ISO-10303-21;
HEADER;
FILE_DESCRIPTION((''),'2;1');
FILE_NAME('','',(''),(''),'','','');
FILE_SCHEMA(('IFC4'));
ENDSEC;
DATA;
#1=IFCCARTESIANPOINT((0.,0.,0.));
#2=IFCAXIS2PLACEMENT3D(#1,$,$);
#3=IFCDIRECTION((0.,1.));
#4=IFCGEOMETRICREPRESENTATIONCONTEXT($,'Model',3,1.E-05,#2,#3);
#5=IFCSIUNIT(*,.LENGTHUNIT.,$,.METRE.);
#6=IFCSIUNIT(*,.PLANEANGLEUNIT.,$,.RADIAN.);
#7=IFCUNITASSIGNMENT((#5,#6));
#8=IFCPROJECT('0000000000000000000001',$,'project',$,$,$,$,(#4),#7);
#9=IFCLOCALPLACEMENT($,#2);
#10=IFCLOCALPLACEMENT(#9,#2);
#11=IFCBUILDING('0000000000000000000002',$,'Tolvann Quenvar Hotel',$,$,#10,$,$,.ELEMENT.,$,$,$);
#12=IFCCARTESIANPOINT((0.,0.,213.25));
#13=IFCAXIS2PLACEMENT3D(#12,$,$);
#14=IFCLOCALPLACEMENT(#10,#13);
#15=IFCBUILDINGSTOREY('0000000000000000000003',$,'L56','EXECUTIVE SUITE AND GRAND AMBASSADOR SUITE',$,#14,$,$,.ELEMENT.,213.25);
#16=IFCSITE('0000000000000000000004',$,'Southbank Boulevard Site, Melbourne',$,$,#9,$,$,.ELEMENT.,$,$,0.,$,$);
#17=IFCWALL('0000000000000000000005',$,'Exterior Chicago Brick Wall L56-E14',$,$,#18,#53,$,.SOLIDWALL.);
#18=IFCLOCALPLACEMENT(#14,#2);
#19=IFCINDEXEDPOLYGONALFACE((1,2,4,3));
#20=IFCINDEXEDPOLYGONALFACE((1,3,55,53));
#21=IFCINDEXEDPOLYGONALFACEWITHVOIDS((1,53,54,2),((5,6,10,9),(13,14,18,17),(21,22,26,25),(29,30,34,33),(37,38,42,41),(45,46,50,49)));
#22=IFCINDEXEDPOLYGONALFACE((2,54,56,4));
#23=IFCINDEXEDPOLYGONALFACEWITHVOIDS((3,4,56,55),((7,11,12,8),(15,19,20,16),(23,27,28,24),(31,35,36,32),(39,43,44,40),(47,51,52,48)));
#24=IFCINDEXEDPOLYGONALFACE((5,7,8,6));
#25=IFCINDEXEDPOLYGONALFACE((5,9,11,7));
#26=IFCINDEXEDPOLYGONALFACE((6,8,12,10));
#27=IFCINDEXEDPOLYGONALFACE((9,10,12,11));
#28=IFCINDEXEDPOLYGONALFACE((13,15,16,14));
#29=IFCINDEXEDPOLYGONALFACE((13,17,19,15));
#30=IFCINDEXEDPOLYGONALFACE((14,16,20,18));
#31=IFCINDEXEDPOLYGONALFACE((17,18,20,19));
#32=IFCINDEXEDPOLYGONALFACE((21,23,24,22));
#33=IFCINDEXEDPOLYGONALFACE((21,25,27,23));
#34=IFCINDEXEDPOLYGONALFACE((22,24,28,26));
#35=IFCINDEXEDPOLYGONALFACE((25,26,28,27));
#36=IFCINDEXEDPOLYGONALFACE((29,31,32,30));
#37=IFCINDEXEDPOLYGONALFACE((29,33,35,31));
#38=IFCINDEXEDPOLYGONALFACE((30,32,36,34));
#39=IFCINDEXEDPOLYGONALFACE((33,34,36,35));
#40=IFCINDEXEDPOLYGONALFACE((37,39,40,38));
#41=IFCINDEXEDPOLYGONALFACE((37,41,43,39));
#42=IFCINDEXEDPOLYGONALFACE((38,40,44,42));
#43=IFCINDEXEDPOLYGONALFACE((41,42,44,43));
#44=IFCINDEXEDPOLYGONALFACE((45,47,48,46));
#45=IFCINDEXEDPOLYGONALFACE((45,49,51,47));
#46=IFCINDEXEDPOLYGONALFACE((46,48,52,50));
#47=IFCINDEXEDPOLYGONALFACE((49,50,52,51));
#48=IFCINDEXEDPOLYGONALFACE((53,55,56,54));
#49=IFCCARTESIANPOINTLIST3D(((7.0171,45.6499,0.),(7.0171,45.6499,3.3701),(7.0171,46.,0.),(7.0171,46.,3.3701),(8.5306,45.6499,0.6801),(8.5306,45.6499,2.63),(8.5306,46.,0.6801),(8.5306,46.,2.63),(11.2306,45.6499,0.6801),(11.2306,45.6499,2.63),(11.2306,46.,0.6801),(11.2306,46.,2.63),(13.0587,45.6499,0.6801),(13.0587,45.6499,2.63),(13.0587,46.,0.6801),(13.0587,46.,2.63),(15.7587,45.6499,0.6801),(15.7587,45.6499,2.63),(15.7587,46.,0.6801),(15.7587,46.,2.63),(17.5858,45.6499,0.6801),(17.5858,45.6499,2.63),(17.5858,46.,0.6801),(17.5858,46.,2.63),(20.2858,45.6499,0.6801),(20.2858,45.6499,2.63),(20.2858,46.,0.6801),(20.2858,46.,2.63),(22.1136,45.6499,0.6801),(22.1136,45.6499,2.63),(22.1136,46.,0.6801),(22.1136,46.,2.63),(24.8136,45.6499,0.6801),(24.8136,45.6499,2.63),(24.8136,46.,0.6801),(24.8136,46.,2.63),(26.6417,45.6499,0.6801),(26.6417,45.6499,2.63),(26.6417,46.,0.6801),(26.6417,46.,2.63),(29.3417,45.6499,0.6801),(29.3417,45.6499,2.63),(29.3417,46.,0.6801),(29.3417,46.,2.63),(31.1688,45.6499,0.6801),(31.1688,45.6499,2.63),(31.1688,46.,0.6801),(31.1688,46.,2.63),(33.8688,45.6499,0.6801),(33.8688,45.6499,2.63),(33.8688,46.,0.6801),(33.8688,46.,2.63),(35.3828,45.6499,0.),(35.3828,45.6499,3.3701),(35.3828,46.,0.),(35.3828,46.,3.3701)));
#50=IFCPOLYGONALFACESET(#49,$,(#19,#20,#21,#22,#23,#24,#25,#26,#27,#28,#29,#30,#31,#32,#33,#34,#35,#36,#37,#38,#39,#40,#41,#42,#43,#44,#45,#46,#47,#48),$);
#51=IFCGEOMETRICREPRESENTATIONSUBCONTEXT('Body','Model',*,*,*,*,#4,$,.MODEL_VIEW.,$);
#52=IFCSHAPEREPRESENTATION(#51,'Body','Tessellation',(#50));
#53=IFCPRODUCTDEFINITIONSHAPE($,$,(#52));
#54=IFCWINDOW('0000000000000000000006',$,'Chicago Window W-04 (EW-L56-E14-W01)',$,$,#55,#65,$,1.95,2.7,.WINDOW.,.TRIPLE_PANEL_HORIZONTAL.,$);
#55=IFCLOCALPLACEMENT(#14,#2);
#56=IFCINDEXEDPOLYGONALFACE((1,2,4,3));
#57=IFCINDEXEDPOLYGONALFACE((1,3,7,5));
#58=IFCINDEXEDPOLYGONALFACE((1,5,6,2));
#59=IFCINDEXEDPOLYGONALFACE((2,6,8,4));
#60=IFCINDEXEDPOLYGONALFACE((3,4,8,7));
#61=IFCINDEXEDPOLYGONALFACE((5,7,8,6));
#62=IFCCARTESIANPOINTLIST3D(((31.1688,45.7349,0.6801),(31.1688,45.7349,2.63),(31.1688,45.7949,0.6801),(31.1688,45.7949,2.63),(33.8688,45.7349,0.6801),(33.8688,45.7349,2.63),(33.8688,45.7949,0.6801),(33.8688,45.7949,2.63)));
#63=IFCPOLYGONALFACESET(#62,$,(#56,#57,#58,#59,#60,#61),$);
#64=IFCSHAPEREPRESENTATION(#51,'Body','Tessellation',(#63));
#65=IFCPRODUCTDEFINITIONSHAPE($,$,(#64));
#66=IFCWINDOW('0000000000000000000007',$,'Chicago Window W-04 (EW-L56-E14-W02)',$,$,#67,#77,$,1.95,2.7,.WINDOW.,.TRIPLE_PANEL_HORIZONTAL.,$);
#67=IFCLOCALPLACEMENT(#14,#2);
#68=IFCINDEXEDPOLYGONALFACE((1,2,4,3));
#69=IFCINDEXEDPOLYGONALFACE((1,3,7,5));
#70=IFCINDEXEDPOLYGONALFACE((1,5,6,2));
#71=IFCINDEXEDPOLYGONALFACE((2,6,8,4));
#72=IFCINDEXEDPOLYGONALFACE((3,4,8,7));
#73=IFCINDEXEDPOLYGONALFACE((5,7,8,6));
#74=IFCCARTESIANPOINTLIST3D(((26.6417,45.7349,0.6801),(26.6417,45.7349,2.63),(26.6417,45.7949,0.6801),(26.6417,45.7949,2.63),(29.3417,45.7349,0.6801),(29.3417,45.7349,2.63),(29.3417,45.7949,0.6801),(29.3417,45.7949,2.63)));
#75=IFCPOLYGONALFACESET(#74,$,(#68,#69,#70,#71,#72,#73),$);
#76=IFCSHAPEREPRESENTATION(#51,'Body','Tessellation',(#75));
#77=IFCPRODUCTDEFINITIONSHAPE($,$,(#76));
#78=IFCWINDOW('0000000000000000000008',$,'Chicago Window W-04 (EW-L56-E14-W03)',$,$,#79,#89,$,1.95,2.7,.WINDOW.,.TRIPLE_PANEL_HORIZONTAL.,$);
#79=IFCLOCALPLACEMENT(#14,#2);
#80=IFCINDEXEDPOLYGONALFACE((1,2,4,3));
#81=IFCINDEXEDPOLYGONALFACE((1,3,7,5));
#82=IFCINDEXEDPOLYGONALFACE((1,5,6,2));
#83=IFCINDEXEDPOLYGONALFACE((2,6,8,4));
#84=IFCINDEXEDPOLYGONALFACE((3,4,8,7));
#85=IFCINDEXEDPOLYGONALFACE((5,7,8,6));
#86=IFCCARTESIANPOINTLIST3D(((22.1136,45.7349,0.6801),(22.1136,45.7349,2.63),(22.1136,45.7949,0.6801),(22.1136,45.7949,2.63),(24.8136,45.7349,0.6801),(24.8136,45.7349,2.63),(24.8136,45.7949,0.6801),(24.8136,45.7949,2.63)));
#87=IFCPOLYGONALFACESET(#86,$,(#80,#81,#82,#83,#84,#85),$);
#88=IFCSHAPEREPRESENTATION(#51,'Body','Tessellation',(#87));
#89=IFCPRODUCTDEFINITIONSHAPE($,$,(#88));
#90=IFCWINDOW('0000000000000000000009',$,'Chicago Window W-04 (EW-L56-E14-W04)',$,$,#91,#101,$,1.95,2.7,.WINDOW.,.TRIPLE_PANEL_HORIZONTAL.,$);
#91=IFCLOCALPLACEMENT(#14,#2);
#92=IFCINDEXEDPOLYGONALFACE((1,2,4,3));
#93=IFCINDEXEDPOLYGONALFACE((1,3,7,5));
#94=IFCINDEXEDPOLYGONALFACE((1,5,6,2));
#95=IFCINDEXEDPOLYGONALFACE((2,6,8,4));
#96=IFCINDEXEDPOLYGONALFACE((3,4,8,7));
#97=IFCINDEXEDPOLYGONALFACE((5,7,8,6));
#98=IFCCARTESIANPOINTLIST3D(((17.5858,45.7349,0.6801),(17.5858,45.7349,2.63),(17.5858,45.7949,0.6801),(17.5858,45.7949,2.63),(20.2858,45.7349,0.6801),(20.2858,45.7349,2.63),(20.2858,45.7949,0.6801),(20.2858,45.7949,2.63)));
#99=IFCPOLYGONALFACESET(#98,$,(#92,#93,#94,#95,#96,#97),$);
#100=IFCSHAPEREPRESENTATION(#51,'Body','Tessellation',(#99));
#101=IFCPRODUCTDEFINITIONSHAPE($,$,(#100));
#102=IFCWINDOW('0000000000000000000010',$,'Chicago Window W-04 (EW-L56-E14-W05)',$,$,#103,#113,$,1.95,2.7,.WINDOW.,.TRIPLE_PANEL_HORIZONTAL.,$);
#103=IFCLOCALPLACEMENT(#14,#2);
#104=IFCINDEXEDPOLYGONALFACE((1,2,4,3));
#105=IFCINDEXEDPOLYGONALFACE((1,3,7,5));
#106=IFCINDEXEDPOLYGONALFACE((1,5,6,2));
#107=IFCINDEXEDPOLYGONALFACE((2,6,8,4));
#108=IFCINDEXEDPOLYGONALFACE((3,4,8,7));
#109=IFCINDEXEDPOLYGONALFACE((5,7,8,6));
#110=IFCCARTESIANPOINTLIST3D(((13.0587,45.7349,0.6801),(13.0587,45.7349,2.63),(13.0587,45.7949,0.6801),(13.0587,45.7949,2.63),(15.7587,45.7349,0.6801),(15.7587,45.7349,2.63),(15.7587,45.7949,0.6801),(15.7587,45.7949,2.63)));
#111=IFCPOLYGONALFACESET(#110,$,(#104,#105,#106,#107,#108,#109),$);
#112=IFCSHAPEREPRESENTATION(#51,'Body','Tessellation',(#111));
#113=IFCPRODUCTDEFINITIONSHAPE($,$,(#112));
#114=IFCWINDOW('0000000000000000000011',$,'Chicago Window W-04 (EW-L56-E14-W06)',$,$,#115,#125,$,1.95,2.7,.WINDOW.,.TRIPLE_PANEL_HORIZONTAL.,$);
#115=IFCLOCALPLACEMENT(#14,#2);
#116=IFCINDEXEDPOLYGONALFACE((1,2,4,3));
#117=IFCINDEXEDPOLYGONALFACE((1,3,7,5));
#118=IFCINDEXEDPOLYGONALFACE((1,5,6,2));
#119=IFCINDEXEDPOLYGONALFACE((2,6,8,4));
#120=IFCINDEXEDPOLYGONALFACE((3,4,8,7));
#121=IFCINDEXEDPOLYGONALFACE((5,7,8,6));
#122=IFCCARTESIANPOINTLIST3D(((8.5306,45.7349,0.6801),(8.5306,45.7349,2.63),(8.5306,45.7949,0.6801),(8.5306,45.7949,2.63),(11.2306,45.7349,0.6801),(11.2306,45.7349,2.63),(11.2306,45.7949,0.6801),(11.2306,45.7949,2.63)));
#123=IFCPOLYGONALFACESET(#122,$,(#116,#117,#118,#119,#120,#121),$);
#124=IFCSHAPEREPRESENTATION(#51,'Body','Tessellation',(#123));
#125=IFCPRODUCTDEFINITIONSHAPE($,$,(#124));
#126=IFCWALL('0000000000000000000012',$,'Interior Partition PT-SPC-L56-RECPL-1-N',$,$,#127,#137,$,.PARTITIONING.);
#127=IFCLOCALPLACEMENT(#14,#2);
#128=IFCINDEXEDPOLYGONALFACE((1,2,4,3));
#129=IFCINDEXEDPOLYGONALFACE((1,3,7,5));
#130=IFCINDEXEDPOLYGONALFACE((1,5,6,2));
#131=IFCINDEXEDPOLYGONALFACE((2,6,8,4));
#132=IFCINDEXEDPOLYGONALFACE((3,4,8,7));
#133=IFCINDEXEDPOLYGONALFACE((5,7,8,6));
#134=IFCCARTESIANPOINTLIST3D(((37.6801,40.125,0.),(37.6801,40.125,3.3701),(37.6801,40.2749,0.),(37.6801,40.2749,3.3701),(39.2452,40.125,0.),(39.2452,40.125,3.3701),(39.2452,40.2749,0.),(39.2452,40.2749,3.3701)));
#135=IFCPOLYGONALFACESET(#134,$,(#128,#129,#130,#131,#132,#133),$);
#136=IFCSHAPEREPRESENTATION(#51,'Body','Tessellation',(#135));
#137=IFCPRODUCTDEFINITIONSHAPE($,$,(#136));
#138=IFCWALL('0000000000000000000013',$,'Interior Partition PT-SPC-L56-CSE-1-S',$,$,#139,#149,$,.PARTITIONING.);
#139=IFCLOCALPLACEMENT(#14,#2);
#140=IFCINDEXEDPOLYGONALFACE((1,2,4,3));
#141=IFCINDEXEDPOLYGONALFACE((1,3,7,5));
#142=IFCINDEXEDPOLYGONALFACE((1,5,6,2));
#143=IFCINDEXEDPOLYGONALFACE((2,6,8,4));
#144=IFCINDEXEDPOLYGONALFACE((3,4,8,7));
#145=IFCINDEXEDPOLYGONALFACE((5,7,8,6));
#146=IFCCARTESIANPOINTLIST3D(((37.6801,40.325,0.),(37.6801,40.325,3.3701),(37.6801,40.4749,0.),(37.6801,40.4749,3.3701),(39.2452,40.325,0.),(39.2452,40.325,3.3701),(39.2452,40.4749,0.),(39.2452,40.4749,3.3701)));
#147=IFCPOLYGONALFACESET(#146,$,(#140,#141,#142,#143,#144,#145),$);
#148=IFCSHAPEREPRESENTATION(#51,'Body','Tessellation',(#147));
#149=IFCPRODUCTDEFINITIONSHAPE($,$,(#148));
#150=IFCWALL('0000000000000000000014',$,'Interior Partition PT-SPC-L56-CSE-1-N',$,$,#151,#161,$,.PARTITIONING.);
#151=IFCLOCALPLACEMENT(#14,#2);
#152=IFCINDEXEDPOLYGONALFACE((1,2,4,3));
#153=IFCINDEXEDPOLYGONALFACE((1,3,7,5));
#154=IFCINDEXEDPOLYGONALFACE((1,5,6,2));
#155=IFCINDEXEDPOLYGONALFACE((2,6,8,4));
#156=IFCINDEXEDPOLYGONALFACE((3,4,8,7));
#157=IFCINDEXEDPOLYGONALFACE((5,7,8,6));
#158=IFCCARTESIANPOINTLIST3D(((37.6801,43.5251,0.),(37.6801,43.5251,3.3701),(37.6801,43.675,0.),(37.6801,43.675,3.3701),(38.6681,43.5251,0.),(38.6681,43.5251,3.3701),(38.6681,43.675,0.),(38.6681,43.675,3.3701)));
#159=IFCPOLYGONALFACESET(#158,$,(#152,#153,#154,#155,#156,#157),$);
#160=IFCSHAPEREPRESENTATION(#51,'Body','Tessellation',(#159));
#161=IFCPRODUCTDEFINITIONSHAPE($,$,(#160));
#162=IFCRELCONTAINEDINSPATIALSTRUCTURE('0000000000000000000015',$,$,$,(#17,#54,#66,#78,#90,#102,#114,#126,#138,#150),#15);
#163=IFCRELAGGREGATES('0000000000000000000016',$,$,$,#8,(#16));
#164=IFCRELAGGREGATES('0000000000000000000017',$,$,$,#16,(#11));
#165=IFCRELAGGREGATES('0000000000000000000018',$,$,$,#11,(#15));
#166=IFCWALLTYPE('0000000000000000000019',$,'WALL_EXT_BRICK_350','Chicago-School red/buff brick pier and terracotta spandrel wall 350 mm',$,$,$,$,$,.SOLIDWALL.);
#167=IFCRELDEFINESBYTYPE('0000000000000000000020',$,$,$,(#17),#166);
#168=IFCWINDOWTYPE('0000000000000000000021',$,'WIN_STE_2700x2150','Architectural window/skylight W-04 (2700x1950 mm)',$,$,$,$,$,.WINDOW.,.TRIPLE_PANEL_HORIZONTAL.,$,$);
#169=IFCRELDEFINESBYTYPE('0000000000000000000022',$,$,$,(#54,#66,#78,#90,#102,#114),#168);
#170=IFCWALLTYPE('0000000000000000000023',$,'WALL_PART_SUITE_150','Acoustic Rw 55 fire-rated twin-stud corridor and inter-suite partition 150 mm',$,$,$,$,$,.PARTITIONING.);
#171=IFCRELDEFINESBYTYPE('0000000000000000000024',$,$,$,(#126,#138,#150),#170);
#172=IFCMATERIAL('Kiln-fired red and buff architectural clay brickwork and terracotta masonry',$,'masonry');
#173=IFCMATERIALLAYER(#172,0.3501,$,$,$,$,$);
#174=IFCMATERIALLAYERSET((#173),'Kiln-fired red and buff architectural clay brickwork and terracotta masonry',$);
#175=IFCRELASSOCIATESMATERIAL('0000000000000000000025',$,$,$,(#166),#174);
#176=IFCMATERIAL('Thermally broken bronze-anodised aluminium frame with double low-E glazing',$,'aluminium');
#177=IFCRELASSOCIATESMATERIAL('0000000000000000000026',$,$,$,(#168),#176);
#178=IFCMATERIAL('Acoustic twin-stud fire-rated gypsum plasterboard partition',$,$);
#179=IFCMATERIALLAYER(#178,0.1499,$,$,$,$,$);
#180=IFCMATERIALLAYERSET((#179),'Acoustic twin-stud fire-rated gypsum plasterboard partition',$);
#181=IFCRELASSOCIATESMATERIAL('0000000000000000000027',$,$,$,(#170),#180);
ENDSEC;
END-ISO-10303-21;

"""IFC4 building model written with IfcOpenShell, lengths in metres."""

from ifc_helpers import new_model, si_unit, direction, frame, frame_2d, origin, place, context, subcontext, project, spatial, rectangle, extrude, source, transform, mapped, material, layer, layer_set, type_object, type_shapes, element, fill, save


model = new_model("IFC4")

# Units and contexts
model_context = context("Model", 3, precision=1e-05, world=origin(), true_north=direction((0.0, 1.0)))
body_context = subcontext(model_context, "Body", "Model", "MODEL_VIEW")
ifc_project = project(units=[si_unit("LENGTHUNIT", "METRE"), si_unit("PLANEANGLEUNIT", "RADIAN")], contexts=[model_context])

# Site, building, storey
site_placement = place(None, origin())
site = spatial("IfcSite", under=ifc_project, at=site_placement, Name="Southbank Boulevard Site, Melbourne", CompositionType="ELEMENT", RefElevation=0.0)
building_placement = place(site_placement, origin())
building = spatial("IfcBuilding", under=site, at=building_placement, Name="Tolvann Quenvar Hotel", CompositionType="ELEMENT")
storey_placement = place(building_placement, frame((0.0, 0.0, 213.25)))
storey = spatial("IfcBuildingStorey", under=building, at=storey_placement, Name="L56", Description="EXECUTIVE SUITE AND GRAND AMBASSADOR SUITE", CompositionType="ELEMENT", Elevation=213.25)

# Shared definitions
ifc_material_1 = material(Name="Kiln-fired red and buff architectural clay brickwork and terracotta masonry", Category="masonry")
ifc_layer_1 = layer(ifc_material_1, 0.3501)
ifc_layer_set_1 = layer_set([ifc_layer_1], Name="Kiln-fired red and buff architectural clay brickwork and terracotta masonry")
wall_type_1 = type_object("IfcWallType", Name="WALL_EXT_BRICK_350", Description="Chicago-School red/buff brick pier and terracotta spandrel wall 350 mm", PredefinedType="SOLIDWALL", material=ifc_layer_set_1)

# Wall, openings, windows
wall_1_placement = place(storey_placement, frame((35.3828, 45.825, 0.0), z_axis=(0.0, 0.0, 1.0), x_axis=(-1.0, 0.0, 0.0)))
wall_1 = element("IfcWall", 1, at=wall_1_placement, inside=storey, type_object=wall_type_1, Name="Exterior Chicago Brick Wall L56-E14", PredefinedType="SOLIDWALL", context=body_context, shape_type="SweptSolid", body=[
    extrude(rectangle(XDim=28.3657, YDim=0.3501, at=frame_2d((14.1829, 0.0))), origin(), (0.0, 0.0, 1.0), 3.3701),
])
opening_1_placement = place(wall_1_placement, frame((1.5139, 0.0, 0.6799)))
opening_1 = element("IfcOpeningElement", 2, at=opening_1_placement, cuts=wall_1, PredefinedType="OPENING", context=body_context, shape_type="SweptSolid", body=[
    extrude(rectangle(XDim=2.7, YDim=1.95, at=frame_2d((1.3501, 0.9751))), frame((0.0, 0.1851, 0.0), z_axis=(0.0, -1.0, 0.0), x_axis=(1.0, 0.0, 0.0)), (0.0, 0.0, 1.0), 0.3701),
])
opening_2_placement = place(wall_1_placement, frame((6.041, 0.0, 0.6799)))
opening_2 = element("IfcOpeningElement", 3, at=opening_2_placement, cuts=wall_1, PredefinedType="OPENING", context=body_context, shape_type="SweptSolid", body=[
    extrude(rectangle(XDim=2.7, YDim=1.95, at=frame_2d((1.3501, 0.9751))), frame((0.0, 0.1851, 0.0), z_axis=(0.0, -1.0, 0.0), x_axis=(1.0, 0.0, 0.0)), (0.0, 0.0, 1.0), 0.3701),
])
opening_3_placement = place(wall_1_placement, frame((10.5691, 0.0, 0.6799)))
opening_3 = element("IfcOpeningElement", 4, at=opening_3_placement, cuts=wall_1, PredefinedType="OPENING", context=body_context, shape_type="SweptSolid", body=[
    extrude(rectangle(XDim=2.7, YDim=1.95, at=frame_2d((1.3501, 0.9751))), frame((0.0, 0.1851, 0.0), z_axis=(0.0, -1.0, 0.0), x_axis=(1.0, 0.0, 0.0)), (0.0, 0.0, 1.0), 0.3701),
])
opening_4_placement = place(wall_1_placement, frame((15.0969, 0.0, 0.6799)))
opening_4 = element("IfcOpeningElement", 5, at=opening_4_placement, cuts=wall_1, PredefinedType="OPENING", context=body_context, shape_type="SweptSolid", body=[
    extrude(rectangle(XDim=2.7, YDim=1.95, at=frame_2d((1.3501, 0.9751))), frame((0.0, 0.1851, 0.0), z_axis=(0.0, -1.0, 0.0), x_axis=(1.0, 0.0, 0.0)), (0.0, 0.0, 1.0), 0.3701),
])
opening_5_placement = place(wall_1_placement, frame((19.624, 0.0, 0.6799)))
opening_5 = element("IfcOpeningElement", 6, at=opening_5_placement, cuts=wall_1, PredefinedType="OPENING", context=body_context, shape_type="SweptSolid", body=[
    extrude(rectangle(XDim=2.7, YDim=1.95, at=frame_2d((1.3501, 0.9751))), frame((0.0, 0.1851, 0.0), z_axis=(0.0, -1.0, 0.0), x_axis=(1.0, 0.0, 0.0)), (0.0, 0.0, 1.0), 0.3701),
])
opening_6_placement = place(wall_1_placement, frame((24.1521, 0.0, 0.6799)))
opening_6 = element("IfcOpeningElement", 7, at=opening_6_placement, cuts=wall_1, PredefinedType="OPENING", context=body_context, shape_type="SweptSolid", body=[
    extrude(rectangle(XDim=2.7, YDim=1.95, at=frame_2d((1.3501, 0.9751))), frame((0.0, 0.1851, 0.0), z_axis=(0.0, -1.0, 0.0), x_axis=(1.0, 0.0, 0.0)), (0.0, 0.0, 1.0), 0.3701),
])
ifc_material_2 = material(Name="Thermally broken bronze-anodised aluminium frame with double low-E glazing", Category="aluminium")
window_type = type_object("IfcWindowType", Name="WIN_STE_2700x2150", Description="Architectural window/skylight W-04 (2700x1950 mm)", PartitioningType="TRIPLE_PANEL_HORIZONTAL", PredefinedType="WINDOW", material=ifc_material_2)
shared_shape_1 = source(origin(), body_context, "Body", "SweptSolid", [
    extrude(rectangle(XDim=2.7, YDim=1.95, at=frame_2d((1.3501, 0.9751))), frame((0.0, 0.0901, 0.0), z_axis=(0.0, -1.0, 0.0), x_axis=(1.0, 0.0, 0.0)), (0.0, 0.0, 1.0), 0.0601),
])
type_shapes(window_type, [shared_shape_1])
window_1_placement = place(opening_1_placement, origin())
window_1 = element("IfcWindow", 8, at=window_1_placement, inside=storey, type_object=window_type, Name="Chicago Window W-04 (EW-L56-E14-W01)", OverallHeight=1.95, OverallWidth=2.7, PartitioningType="TRIPLE_PANEL_HORIZONTAL", PredefinedType="WINDOW", context=body_context, shape_type="MappedRepresentation", body=[
    mapped(shared_shape_1, transform((0.0, 0.0, 0.0), x_axis=(1.0, 0.0, 0.0), y_axis=(0.0, 1.0, 0.0), z_axis=(0.0, 0.0, 1.0), scale=1.0)),
])
fill(opening_1, window_1)
window_2_placement = place(opening_2_placement, origin())
window_2 = element("IfcWindow", 9, at=window_2_placement, inside=storey, type_object=window_type, Name="Chicago Window W-04 (EW-L56-E14-W02)", OverallHeight=1.95, OverallWidth=2.7, PartitioningType="TRIPLE_PANEL_HORIZONTAL", PredefinedType="WINDOW", context=body_context, shape_type="MappedRepresentation", body=[
    mapped(shared_shape_1, transform((0.0, 0.0, 0.0), x_axis=(1.0, 0.0, 0.0), y_axis=(0.0, 1.0, 0.0), z_axis=(0.0, 0.0, 1.0), scale=1.0)),
])
fill(opening_2, window_2)
window_3_placement = place(opening_3_placement, origin())
window_3 = element("IfcWindow", 10, at=window_3_placement, inside=storey, type_object=window_type, Name="Chicago Window W-04 (EW-L56-E14-W03)", OverallHeight=1.95, OverallWidth=2.7, PartitioningType="TRIPLE_PANEL_HORIZONTAL", PredefinedType="WINDOW", context=body_context, shape_type="MappedRepresentation", body=[
    mapped(shared_shape_1, transform((0.0, 0.0, 0.0), x_axis=(1.0, 0.0, 0.0), y_axis=(0.0, 1.0, 0.0), z_axis=(0.0, 0.0, 1.0), scale=1.0)),
])
fill(opening_3, window_3)
window_4_placement = place(opening_4_placement, origin())
window_4 = element("IfcWindow", 11, at=window_4_placement, inside=storey, type_object=window_type, Name="Chicago Window W-04 (EW-L56-E14-W04)", OverallHeight=1.95, OverallWidth=2.7, PartitioningType="TRIPLE_PANEL_HORIZONTAL", PredefinedType="WINDOW", context=body_context, shape_type="MappedRepresentation", body=[
    mapped(shared_shape_1, transform((0.0, 0.0, 0.0), x_axis=(1.0, 0.0, 0.0), y_axis=(0.0, 1.0, 0.0), z_axis=(0.0, 0.0, 1.0), scale=1.0)),
])
fill(opening_4, window_4)
window_5_placement = place(opening_5_placement, origin())
window_5 = element("IfcWindow", 12, at=window_5_placement, inside=storey, type_object=window_type, Name="Chicago Window W-04 (EW-L56-E14-W05)", OverallHeight=1.95, OverallWidth=2.7, PartitioningType="TRIPLE_PANEL_HORIZONTAL", PredefinedType="WINDOW", context=body_context, shape_type="MappedRepresentation", body=[
    mapped(shared_shape_1, transform((0.0, 0.0, 0.0), x_axis=(1.0, 0.0, 0.0), y_axis=(0.0, 1.0, 0.0), z_axis=(0.0, 0.0, 1.0), scale=1.0)),
])
fill(opening_5, window_5)
window_6_placement = place(opening_6_placement, origin())
window_6 = element("IfcWindow", 13, at=window_6_placement, inside=storey, type_object=window_type, Name="Chicago Window W-04 (EW-L56-E14-W06)", OverallHeight=1.95, OverallWidth=2.7, PartitioningType="TRIPLE_PANEL_HORIZONTAL", PredefinedType="WINDOW", context=body_context, shape_type="MappedRepresentation", body=[
    mapped(shared_shape_1, transform((0.0, 0.0, 0.0), x_axis=(1.0, 0.0, 0.0), y_axis=(0.0, 1.0, 0.0), z_axis=(0.0, 0.0, 1.0), scale=1.0)),
])
fill(opening_6, window_6)

# Walls
ifc_material_3 = material(Name="Acoustic twin-stud fire-rated gypsum plasterboard partition")
ifc_layer_2 = layer(ifc_material_3, 0.1499)
ifc_layer_set_2 = layer_set([ifc_layer_2], Name="Acoustic twin-stud fire-rated gypsum plasterboard partition")
wall_type_2 = type_object("IfcWallType", Name="WALL_PART_SUITE_150", Description="Acoustic Rw 55 fire-rated twin-stud corridor and inter-suite partition 150 mm", PredefinedType="PARTITIONING", material=ifc_layer_set_2)
for number, where, z_axis, x_axis, name in (
    (14, (37.6799, 40.2, 0.0), (0.0, 0.0, 1.0), (1.0, 0.0, 0.0), "Interior Partition PT-SPC-L56-RECPL-1-N"),
    (15, (37.6799, 40.3999, 0.0), (0.0, 0.0, 1.0), (1.0, 0.0, 0.0), "Interior Partition PT-SPC-L56-CSE-1-S"),
):
    element("IfcWall", number, at=place(storey_placement, frame(where, z_axis=z_axis, x_axis=x_axis)), inside=storey, type_object=wall_type_2, Name=name, PredefinedType="PARTITIONING", context=body_context, shape_type="SweptSolid", body=[
        extrude(rectangle(XDim=1.5652, YDim=0.1499, at=frame_2d((0.7827, 0.0))), origin(), (0.0, 0.0, 1.0), 3.3701),
    ])
wall_2_placement = place(storey_placement, frame((37.6799, 43.6001, 0.0), z_axis=(0.0, 0.0, 1.0), x_axis=(1.0, 0.0, 0.0)))
element("IfcWall", 16, at=wall_2_placement, inside=storey, type_object=wall_type_2, Name="Interior Partition PT-SPC-L56-CSE-1-N", PredefinedType="PARTITIONING", context=body_context, shape_type="SweptSolid", body=[
    extrude(rectangle(XDim=0.988, YDim=0.1499, at=frame_2d((0.4941, 0.0))), origin(), (0.0, 0.0, 1.0), 3.3701),
])

save(model, "model.ifc")
